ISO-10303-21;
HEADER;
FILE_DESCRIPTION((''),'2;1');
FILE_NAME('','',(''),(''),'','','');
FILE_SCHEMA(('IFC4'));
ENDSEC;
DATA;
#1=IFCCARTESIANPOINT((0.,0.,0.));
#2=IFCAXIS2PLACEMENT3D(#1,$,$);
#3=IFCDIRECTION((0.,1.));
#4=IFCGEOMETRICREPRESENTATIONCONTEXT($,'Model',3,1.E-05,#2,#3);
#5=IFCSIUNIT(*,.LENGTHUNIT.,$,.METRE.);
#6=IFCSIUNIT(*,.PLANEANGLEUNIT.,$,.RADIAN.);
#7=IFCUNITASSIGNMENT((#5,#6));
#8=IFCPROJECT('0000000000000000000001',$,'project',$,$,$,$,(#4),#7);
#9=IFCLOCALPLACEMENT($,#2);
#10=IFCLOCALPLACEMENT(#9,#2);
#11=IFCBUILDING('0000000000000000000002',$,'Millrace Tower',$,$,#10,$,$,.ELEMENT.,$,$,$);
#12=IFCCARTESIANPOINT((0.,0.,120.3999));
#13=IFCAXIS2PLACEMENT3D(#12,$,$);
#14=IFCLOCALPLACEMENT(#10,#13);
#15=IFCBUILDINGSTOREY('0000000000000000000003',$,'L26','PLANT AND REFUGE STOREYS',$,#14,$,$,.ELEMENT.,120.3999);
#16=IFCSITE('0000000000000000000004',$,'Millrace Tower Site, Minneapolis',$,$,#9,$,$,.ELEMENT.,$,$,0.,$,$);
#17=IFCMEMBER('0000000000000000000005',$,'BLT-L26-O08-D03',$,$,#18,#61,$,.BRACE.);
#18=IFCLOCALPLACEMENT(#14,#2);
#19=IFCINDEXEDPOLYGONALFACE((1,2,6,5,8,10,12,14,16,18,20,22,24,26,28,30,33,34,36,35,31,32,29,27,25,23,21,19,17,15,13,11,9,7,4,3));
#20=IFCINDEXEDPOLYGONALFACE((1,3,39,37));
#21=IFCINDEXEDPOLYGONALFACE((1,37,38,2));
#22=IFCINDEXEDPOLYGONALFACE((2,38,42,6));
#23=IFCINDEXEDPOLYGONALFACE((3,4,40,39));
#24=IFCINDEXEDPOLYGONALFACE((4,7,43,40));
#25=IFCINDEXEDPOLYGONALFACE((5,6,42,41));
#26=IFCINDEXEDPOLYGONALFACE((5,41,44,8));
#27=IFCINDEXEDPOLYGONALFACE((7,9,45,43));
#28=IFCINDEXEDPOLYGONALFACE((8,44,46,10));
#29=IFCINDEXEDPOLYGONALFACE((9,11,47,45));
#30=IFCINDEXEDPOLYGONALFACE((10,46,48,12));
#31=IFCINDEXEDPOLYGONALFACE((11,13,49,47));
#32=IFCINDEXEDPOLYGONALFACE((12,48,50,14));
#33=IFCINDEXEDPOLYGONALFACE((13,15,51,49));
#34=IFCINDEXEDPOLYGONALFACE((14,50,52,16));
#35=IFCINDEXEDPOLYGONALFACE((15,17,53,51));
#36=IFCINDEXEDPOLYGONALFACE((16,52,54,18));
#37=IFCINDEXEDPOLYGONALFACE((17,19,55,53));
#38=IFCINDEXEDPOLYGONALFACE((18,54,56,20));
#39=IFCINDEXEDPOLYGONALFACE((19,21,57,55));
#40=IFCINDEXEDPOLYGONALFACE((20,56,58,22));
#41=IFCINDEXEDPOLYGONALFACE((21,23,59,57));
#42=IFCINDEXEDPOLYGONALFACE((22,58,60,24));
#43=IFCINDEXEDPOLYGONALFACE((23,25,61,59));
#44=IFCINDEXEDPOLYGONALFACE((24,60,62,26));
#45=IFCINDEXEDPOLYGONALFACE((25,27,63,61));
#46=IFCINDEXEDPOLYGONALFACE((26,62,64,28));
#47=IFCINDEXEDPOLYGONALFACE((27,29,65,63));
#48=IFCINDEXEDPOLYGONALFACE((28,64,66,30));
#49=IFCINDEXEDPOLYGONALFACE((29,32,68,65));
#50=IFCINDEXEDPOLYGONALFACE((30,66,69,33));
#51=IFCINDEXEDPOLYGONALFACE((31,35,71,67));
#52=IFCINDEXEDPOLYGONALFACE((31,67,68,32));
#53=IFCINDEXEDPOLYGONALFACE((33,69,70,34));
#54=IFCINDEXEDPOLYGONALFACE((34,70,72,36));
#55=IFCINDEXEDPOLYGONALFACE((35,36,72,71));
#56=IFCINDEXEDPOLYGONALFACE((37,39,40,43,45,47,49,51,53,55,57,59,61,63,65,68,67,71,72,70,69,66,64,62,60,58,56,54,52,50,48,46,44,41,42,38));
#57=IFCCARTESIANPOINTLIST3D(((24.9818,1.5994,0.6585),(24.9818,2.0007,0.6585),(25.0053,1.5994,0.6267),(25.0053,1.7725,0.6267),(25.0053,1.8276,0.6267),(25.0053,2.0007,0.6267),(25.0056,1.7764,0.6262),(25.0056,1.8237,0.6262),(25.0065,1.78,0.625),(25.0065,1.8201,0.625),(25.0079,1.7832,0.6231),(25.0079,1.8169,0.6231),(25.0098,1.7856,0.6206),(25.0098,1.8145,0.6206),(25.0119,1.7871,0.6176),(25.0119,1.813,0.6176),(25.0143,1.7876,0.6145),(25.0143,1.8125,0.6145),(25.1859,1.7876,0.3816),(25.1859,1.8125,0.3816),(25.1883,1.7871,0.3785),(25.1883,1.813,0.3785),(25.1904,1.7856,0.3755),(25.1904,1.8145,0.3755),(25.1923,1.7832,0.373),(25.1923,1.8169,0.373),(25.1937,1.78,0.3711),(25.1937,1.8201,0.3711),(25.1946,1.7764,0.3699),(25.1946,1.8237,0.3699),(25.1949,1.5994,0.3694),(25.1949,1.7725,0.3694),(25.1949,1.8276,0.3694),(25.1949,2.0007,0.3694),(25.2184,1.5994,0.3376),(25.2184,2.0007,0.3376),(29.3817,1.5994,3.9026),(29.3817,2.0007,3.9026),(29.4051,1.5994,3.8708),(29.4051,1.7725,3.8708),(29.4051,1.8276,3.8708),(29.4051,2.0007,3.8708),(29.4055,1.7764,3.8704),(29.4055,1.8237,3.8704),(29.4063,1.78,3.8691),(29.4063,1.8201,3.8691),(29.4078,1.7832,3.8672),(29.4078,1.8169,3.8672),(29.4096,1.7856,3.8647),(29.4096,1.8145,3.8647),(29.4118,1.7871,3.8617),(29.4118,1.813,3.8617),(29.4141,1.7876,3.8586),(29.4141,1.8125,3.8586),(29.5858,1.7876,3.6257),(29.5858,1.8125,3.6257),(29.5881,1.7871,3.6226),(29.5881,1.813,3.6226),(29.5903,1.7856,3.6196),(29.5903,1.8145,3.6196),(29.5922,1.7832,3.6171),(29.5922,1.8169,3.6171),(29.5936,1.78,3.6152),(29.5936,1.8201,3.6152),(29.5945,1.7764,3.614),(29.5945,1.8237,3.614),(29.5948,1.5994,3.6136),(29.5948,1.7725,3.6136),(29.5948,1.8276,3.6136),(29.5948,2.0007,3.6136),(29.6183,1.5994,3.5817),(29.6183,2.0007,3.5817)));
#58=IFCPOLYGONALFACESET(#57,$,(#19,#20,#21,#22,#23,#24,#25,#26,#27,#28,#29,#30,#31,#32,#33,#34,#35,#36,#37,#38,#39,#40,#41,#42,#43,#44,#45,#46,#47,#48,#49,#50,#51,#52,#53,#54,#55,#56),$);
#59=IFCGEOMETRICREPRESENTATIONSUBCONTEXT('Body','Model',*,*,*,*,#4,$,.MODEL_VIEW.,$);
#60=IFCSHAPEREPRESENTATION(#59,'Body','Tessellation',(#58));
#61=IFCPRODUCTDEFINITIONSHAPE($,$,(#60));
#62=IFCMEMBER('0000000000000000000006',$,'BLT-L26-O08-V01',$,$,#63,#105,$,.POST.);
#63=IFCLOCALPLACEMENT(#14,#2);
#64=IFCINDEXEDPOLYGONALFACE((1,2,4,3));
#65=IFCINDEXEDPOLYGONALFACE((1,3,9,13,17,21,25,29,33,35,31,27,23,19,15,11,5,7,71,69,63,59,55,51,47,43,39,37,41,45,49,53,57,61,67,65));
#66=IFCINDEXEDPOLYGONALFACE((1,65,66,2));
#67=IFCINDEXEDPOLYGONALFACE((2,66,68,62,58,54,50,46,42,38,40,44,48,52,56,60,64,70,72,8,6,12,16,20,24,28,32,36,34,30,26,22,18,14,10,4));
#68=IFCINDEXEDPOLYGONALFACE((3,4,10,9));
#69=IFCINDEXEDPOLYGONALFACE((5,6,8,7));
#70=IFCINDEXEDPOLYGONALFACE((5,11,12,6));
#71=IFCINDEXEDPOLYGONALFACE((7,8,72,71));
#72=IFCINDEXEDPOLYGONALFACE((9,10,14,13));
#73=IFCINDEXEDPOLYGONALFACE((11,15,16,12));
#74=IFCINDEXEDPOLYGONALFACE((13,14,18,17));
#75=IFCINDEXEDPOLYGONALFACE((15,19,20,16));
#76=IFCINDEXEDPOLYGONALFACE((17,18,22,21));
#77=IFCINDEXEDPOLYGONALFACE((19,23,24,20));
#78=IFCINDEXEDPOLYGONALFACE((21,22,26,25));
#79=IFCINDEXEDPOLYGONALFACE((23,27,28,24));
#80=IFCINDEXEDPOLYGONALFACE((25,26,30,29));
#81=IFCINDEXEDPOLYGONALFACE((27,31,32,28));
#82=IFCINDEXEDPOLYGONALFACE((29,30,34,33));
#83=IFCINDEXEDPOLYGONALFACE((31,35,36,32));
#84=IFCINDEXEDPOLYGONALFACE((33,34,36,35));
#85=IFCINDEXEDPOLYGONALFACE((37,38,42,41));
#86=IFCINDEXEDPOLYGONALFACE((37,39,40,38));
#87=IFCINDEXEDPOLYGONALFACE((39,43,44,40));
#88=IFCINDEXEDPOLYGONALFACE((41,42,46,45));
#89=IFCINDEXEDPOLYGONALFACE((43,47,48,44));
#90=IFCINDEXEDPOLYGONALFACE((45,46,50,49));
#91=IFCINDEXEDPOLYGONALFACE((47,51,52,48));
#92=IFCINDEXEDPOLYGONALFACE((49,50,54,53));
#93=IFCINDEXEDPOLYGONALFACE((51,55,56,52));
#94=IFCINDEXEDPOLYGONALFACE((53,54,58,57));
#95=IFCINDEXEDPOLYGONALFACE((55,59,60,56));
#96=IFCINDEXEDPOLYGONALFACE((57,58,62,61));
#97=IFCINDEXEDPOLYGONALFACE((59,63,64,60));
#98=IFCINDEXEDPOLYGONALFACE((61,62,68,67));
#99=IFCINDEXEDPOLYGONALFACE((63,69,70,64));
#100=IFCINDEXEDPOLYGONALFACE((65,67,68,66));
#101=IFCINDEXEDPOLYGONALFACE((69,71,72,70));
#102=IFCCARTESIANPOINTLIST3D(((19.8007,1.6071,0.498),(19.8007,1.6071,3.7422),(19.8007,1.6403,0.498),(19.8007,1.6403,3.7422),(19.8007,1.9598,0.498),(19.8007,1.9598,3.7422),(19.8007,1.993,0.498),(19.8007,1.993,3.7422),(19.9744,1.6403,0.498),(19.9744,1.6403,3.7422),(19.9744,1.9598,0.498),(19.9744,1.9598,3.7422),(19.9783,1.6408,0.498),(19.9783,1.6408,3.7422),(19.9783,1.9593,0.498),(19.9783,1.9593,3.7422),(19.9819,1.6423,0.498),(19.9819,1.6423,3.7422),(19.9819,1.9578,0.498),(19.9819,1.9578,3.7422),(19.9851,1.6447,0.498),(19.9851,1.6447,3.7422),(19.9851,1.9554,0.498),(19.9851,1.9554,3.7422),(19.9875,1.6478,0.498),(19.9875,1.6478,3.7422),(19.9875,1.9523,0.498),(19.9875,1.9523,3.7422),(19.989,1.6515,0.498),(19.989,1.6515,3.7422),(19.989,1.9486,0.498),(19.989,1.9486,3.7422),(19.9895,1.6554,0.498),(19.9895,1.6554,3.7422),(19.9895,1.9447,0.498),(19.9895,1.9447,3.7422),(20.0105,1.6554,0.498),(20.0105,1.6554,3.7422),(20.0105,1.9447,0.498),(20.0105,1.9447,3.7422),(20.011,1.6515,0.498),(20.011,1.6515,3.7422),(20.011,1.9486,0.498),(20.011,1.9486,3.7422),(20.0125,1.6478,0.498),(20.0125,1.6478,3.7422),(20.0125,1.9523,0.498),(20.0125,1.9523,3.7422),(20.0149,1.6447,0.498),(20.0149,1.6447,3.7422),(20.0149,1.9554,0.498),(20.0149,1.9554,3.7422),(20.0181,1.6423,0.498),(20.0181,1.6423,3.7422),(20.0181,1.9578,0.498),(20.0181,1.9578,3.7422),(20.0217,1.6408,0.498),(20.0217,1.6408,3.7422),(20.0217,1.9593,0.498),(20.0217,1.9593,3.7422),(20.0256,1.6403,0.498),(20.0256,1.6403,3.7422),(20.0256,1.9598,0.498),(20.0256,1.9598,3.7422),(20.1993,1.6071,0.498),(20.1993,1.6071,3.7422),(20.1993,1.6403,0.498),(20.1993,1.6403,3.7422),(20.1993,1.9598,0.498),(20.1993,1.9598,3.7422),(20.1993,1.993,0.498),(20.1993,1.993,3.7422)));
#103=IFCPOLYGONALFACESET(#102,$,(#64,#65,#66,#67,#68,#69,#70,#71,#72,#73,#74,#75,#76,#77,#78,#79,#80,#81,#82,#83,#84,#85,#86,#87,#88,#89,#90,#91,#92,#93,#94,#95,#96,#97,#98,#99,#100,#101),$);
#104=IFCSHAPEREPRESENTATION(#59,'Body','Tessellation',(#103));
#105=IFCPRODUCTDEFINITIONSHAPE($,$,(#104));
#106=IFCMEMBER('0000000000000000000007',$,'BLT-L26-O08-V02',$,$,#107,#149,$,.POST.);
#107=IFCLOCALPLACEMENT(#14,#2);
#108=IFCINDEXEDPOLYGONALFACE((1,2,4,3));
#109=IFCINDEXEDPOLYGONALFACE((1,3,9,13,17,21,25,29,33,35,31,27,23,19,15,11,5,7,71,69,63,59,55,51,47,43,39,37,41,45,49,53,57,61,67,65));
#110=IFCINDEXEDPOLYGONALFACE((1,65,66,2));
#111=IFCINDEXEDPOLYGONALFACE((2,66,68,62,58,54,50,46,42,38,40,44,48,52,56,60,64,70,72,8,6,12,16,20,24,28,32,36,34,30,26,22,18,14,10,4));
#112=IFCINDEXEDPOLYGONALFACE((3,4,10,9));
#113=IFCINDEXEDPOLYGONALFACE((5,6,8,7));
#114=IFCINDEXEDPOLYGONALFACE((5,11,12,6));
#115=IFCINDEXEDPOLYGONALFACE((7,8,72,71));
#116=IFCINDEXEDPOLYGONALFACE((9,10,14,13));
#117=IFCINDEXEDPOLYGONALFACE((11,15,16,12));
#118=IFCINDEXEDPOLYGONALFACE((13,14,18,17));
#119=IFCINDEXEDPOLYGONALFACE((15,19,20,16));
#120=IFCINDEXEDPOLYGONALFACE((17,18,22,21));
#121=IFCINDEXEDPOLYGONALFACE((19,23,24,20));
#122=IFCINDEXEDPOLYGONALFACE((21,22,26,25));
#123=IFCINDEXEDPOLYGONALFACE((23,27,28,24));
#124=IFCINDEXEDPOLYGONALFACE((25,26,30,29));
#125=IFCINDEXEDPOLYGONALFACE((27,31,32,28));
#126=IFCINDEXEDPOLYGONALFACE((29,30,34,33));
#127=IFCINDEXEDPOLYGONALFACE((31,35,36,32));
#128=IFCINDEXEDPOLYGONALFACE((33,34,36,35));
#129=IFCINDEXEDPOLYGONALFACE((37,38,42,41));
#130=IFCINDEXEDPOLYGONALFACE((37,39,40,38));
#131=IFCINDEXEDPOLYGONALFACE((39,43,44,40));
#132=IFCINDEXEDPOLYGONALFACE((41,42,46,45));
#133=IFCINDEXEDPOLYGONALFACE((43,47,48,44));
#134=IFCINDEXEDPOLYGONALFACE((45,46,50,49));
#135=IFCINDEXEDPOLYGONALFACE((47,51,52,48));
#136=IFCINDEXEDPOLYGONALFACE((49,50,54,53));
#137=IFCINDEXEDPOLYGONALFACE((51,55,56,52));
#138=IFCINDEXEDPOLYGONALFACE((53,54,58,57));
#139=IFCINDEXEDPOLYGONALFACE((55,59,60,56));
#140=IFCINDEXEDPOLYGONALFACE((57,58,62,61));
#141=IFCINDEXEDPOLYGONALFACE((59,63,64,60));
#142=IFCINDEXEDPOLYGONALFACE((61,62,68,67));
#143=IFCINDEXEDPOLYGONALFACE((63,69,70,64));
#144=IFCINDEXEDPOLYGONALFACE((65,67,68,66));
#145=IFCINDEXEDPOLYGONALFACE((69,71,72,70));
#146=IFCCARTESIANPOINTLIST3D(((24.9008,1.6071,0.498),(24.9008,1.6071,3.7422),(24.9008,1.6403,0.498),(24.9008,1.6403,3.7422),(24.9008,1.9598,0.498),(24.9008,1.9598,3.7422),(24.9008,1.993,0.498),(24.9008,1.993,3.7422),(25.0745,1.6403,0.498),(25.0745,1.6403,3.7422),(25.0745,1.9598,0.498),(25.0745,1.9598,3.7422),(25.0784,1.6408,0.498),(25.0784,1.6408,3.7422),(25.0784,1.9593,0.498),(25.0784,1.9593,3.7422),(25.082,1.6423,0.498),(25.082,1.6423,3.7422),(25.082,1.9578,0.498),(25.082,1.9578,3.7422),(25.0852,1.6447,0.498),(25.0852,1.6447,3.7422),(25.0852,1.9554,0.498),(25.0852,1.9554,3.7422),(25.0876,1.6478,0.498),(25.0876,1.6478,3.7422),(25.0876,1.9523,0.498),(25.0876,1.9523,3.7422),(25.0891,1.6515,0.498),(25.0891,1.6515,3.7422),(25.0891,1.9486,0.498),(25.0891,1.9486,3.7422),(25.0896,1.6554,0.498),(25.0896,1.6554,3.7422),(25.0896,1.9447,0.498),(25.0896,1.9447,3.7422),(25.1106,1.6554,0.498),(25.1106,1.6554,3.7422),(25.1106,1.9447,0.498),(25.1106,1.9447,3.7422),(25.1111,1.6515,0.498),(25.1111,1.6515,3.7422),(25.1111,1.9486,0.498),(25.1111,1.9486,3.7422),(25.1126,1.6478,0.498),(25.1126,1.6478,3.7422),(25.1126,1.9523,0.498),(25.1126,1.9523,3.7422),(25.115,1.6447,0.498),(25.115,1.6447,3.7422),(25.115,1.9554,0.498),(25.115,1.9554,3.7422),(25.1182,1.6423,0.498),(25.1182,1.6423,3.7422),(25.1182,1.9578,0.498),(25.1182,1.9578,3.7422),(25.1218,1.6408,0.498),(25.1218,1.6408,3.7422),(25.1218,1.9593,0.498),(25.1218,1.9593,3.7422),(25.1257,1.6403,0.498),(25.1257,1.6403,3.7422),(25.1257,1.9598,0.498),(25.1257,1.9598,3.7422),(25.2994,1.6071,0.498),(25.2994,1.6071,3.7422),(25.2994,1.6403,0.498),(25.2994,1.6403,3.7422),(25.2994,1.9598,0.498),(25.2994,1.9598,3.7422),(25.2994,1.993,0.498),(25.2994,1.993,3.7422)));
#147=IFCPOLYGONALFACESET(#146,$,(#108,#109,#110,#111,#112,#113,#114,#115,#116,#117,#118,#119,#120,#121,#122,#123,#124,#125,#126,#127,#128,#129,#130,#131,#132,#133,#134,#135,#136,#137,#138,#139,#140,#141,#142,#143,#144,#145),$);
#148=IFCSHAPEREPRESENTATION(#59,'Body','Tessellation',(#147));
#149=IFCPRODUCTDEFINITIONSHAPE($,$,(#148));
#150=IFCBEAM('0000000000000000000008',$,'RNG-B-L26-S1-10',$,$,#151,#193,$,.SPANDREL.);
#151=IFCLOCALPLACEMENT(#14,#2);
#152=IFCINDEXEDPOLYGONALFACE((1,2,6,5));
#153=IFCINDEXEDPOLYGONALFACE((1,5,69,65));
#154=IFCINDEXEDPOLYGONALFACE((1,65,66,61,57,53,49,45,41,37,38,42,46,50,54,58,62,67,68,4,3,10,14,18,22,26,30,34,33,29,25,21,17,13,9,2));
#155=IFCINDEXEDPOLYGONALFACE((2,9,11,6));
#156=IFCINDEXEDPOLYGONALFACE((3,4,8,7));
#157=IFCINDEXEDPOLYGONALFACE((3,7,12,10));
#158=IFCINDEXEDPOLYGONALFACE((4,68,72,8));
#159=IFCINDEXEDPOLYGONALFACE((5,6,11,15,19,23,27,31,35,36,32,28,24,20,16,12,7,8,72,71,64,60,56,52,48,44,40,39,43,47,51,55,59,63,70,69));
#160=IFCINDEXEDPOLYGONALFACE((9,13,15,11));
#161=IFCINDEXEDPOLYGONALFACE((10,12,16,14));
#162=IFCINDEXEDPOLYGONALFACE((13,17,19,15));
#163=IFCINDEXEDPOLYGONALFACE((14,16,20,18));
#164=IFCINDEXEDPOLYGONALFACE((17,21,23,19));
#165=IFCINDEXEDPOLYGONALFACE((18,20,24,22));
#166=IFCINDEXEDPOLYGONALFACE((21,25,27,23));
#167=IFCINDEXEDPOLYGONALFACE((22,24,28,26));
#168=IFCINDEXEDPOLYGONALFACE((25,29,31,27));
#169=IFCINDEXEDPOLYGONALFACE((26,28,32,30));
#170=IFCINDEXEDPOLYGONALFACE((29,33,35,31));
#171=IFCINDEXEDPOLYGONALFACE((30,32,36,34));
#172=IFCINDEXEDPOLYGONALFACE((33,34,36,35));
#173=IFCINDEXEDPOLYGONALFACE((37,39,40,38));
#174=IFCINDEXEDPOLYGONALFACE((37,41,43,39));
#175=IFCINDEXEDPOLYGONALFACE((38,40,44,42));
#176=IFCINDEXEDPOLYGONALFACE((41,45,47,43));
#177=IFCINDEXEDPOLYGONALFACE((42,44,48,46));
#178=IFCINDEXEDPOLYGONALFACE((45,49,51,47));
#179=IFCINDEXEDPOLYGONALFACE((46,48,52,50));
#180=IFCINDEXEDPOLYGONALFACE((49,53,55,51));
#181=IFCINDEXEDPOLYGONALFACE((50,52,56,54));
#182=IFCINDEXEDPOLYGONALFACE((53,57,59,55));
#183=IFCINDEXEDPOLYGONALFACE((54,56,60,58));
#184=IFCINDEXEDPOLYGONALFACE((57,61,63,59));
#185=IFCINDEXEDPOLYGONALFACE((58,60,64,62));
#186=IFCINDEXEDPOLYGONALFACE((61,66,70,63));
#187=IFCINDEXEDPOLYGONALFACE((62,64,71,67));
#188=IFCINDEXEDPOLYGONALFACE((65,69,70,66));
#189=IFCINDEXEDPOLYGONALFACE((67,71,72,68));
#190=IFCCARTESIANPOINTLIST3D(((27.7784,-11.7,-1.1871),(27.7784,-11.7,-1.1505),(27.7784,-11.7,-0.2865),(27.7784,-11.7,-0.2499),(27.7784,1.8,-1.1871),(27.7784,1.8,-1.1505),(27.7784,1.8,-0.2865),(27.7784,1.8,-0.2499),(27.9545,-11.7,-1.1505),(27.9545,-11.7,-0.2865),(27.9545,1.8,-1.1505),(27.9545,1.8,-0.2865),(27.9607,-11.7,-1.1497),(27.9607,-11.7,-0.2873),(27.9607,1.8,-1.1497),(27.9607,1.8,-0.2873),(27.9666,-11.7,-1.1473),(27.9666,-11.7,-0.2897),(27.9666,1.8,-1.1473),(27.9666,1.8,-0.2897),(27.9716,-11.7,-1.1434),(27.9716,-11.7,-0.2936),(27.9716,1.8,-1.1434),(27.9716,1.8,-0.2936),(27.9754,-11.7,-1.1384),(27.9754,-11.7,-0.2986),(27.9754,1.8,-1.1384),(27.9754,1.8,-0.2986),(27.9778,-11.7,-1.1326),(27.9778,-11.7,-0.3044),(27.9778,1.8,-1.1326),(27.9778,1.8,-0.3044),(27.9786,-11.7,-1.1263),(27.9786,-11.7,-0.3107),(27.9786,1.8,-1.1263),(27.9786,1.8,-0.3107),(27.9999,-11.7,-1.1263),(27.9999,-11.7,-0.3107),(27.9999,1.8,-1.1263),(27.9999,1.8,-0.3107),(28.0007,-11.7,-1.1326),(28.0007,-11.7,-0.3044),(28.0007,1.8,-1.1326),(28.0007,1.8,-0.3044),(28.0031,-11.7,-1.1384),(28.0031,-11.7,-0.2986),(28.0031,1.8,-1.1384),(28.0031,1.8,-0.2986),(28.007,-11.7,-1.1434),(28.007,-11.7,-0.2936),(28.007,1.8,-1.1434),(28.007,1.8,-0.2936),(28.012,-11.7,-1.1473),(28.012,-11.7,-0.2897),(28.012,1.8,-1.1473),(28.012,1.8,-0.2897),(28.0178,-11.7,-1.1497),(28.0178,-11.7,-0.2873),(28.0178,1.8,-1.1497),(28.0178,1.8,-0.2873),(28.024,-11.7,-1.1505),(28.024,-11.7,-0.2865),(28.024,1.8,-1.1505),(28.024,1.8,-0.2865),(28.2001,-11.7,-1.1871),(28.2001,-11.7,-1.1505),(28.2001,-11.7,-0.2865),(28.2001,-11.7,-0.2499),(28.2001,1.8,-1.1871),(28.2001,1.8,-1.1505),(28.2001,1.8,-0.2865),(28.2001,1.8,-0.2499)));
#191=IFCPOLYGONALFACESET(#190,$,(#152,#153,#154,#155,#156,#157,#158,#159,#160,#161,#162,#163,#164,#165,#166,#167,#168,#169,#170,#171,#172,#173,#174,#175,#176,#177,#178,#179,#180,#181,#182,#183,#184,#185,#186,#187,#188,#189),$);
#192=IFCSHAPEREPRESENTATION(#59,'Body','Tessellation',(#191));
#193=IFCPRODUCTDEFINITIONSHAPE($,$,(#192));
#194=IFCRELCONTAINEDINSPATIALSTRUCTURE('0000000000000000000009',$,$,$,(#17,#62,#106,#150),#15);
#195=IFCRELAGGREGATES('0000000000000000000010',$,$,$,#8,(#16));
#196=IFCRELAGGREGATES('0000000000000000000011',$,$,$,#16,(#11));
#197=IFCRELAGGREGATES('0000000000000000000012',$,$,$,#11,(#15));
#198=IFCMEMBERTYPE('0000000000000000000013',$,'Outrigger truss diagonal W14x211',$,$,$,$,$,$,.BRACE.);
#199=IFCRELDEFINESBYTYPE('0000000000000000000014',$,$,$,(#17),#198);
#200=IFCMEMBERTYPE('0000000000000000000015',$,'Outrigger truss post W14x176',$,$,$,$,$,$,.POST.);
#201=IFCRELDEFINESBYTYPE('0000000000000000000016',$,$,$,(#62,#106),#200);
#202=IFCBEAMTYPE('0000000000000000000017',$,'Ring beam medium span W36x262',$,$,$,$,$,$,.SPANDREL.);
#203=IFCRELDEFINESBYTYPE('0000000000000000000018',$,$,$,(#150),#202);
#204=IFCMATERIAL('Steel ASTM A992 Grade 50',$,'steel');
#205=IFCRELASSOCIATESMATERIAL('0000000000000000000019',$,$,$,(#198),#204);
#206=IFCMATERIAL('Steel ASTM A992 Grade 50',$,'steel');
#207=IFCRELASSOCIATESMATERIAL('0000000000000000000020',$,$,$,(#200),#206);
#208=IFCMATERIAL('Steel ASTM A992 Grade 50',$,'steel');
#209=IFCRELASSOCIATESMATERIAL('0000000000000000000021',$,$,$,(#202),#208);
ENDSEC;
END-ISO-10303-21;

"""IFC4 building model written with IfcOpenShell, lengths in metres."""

from ifc_helpers import new_model, si_unit, direction, frame, origin, origin_2d, place, context, subcontext, project, spatial, i_section, extrude, material, material_profile, profile_set, type_object, element, save


model = new_model("IFC4")

# Units and contexts
model_context = context("Model", 3, precision=1e-05, world=origin(), true_north=direction((0.0, 1.0)))
body_context = subcontext(model_context, "Body", "Model", "MODEL_VIEW")
ifc_project = project(units=[si_unit("LENGTHUNIT", "METRE"), si_unit("PLANEANGLEUNIT", "RADIAN")], contexts=[model_context])

# Site, building, storey
site_placement = place(None, origin())
site = spatial("IfcSite", under=ifc_project, at=site_placement, Name="Millrace Tower Site, Minneapolis", CompositionType="ELEMENT", RefElevation=0.0)
building_placement = place(site_placement, origin())
building = spatial("IfcBuilding", under=site, at=building_placement, Name="Millrace Tower", CompositionType="ELEMENT")
storey_placement = place(building_placement, frame((0.0, 0.0, 120.3999)))
storey = spatial("IfcBuildingStorey", under=building, at=storey_placement, Name="L26", Description="PLANT AND REFUGE STOREYS", CompositionType="ELEMENT", Elevation=120.3999)

# Members
ifc_material_1 = material(Name="Steel ASTM A992 Grade 50", Category="steel")
ifc_material_profile_1 = material_profile(ifc_material_1, i_section(OverallWidth=0.4014, OverallDepth=0.3987, WebThickness=0.0249, FlangeThickness=0.0396, FilletRadius=0.0151, at=origin_2d()))
ifc_profile_set_1 = profile_set([ifc_material_profile_1], Name="Steel ASTM A992 Grade 50")
member_type_1 = type_object("IfcMemberType", Name="Outrigger truss diagonal W14x211", PredefinedType="BRACE", material=ifc_profile_set_1)
member_1_placement = place(storey_placement, frame((25.1001, 1.8, 0.498), z_axis=(0.804872, 0.0, 0.593449), x_axis=(0.0, 1.0, 0.0)))
element("IfcMember", 1, at=member_1_placement, inside=storey, type_object=member_type_1, Name="BLT-L26-O08-D03", PredefinedType="BRACE", context=body_context, shape_type="SweptSolid", body=[
    extrude(i_section(OverallWidth=0.4014, OverallDepth=0.3987, WebThickness=0.0249, FlangeThickness=0.0396, FilletRadius=0.0151, at=origin_2d()), origin(), (0.0, 0.0, 1.0), 5.4666),
])
ifc_material_2 = material(Name="Steel ASTM A992 Grade 50", Category="steel")
ifc_material_profile_2 = material_profile(ifc_material_2, i_section(OverallWidth=0.3987, OverallDepth=0.386, WebThickness=0.021, FlangeThickness=0.0332, FilletRadius=0.0151, at=origin_2d()))
ifc_profile_set_2 = profile_set([ifc_material_profile_2], Name="Steel ASTM A992 Grade 50")
member_type_2 = type_object("IfcMemberType", Name="Outrigger truss post W14x176", PredefinedType="POST", material=ifc_profile_set_2)
for number, where, z_axis, x_axis, name in (
    (2, (20.0, 1.8, 0.498), (0.0, 0.0, 1.0), (1.0, 0.0, 0.0), "BLT-L26-O08-V01"),
    (3, (25.1001, 1.8, 0.498), (0.0, 0.0, 1.0), (1.0, 0.0, 0.0), "BLT-L26-O08-V02"),
):
    element("IfcMember", number, at=place(storey_placement, frame(where, z_axis=z_axis, x_axis=x_axis)), inside=storey, type_object=member_type_2, Name=name, PredefinedType="POST", context=body_context, shape_type="SweptSolid", body=[
        extrude(i_section(OverallWidth=0.3987, OverallDepth=0.386, WebThickness=0.021, FlangeThickness=0.0332, FilletRadius=0.0151, at=origin_2d()), origin(), (0.0, 0.0, 1.0), 3.2441),
    ])

# Beam
ifc_material_3 = material(Name="Steel ASTM A992 Grade 50", Category="steel")
ifc_material_profile_3 = material_profile(ifc_material_3, i_section(OverallWidth=0.4216, OverallDepth=0.9373, WebThickness=0.0212, FlangeThickness=0.0366, FilletRadius=0.0242, at=origin_2d()))
ifc_profile_set_3 = profile_set([ifc_material_profile_3], Name="Steel ASTM A992 Grade 50")
beam_type_1 = type_object("IfcBeamType", Name="Ring beam medium span W36x262", PredefinedType="SPANDREL", material=ifc_profile_set_3)
beam_1_placement = place(storey_placement, frame((27.9893, 1.8, -0.7185), z_axis=(0.0, -1.0, 0.0), x_axis=(1.0, 0.0, 0.0)))
element("IfcBeam", 4, at=beam_1_placement, inside=storey, type_object=beam_type_1, Name="RNG-B-L26-S1-10", PredefinedType="SPANDREL", context=body_context, shape_type="SweptSolid", body=[
    extrude(i_section(OverallWidth=0.4216, OverallDepth=0.9373, WebThickness=0.0212, FlangeThickness=0.0366, FilletRadius=0.0242, at=origin_2d()), origin(), (0.0, 0.0, 1.0), 13.5),
])

save(model, "model.ifc")
